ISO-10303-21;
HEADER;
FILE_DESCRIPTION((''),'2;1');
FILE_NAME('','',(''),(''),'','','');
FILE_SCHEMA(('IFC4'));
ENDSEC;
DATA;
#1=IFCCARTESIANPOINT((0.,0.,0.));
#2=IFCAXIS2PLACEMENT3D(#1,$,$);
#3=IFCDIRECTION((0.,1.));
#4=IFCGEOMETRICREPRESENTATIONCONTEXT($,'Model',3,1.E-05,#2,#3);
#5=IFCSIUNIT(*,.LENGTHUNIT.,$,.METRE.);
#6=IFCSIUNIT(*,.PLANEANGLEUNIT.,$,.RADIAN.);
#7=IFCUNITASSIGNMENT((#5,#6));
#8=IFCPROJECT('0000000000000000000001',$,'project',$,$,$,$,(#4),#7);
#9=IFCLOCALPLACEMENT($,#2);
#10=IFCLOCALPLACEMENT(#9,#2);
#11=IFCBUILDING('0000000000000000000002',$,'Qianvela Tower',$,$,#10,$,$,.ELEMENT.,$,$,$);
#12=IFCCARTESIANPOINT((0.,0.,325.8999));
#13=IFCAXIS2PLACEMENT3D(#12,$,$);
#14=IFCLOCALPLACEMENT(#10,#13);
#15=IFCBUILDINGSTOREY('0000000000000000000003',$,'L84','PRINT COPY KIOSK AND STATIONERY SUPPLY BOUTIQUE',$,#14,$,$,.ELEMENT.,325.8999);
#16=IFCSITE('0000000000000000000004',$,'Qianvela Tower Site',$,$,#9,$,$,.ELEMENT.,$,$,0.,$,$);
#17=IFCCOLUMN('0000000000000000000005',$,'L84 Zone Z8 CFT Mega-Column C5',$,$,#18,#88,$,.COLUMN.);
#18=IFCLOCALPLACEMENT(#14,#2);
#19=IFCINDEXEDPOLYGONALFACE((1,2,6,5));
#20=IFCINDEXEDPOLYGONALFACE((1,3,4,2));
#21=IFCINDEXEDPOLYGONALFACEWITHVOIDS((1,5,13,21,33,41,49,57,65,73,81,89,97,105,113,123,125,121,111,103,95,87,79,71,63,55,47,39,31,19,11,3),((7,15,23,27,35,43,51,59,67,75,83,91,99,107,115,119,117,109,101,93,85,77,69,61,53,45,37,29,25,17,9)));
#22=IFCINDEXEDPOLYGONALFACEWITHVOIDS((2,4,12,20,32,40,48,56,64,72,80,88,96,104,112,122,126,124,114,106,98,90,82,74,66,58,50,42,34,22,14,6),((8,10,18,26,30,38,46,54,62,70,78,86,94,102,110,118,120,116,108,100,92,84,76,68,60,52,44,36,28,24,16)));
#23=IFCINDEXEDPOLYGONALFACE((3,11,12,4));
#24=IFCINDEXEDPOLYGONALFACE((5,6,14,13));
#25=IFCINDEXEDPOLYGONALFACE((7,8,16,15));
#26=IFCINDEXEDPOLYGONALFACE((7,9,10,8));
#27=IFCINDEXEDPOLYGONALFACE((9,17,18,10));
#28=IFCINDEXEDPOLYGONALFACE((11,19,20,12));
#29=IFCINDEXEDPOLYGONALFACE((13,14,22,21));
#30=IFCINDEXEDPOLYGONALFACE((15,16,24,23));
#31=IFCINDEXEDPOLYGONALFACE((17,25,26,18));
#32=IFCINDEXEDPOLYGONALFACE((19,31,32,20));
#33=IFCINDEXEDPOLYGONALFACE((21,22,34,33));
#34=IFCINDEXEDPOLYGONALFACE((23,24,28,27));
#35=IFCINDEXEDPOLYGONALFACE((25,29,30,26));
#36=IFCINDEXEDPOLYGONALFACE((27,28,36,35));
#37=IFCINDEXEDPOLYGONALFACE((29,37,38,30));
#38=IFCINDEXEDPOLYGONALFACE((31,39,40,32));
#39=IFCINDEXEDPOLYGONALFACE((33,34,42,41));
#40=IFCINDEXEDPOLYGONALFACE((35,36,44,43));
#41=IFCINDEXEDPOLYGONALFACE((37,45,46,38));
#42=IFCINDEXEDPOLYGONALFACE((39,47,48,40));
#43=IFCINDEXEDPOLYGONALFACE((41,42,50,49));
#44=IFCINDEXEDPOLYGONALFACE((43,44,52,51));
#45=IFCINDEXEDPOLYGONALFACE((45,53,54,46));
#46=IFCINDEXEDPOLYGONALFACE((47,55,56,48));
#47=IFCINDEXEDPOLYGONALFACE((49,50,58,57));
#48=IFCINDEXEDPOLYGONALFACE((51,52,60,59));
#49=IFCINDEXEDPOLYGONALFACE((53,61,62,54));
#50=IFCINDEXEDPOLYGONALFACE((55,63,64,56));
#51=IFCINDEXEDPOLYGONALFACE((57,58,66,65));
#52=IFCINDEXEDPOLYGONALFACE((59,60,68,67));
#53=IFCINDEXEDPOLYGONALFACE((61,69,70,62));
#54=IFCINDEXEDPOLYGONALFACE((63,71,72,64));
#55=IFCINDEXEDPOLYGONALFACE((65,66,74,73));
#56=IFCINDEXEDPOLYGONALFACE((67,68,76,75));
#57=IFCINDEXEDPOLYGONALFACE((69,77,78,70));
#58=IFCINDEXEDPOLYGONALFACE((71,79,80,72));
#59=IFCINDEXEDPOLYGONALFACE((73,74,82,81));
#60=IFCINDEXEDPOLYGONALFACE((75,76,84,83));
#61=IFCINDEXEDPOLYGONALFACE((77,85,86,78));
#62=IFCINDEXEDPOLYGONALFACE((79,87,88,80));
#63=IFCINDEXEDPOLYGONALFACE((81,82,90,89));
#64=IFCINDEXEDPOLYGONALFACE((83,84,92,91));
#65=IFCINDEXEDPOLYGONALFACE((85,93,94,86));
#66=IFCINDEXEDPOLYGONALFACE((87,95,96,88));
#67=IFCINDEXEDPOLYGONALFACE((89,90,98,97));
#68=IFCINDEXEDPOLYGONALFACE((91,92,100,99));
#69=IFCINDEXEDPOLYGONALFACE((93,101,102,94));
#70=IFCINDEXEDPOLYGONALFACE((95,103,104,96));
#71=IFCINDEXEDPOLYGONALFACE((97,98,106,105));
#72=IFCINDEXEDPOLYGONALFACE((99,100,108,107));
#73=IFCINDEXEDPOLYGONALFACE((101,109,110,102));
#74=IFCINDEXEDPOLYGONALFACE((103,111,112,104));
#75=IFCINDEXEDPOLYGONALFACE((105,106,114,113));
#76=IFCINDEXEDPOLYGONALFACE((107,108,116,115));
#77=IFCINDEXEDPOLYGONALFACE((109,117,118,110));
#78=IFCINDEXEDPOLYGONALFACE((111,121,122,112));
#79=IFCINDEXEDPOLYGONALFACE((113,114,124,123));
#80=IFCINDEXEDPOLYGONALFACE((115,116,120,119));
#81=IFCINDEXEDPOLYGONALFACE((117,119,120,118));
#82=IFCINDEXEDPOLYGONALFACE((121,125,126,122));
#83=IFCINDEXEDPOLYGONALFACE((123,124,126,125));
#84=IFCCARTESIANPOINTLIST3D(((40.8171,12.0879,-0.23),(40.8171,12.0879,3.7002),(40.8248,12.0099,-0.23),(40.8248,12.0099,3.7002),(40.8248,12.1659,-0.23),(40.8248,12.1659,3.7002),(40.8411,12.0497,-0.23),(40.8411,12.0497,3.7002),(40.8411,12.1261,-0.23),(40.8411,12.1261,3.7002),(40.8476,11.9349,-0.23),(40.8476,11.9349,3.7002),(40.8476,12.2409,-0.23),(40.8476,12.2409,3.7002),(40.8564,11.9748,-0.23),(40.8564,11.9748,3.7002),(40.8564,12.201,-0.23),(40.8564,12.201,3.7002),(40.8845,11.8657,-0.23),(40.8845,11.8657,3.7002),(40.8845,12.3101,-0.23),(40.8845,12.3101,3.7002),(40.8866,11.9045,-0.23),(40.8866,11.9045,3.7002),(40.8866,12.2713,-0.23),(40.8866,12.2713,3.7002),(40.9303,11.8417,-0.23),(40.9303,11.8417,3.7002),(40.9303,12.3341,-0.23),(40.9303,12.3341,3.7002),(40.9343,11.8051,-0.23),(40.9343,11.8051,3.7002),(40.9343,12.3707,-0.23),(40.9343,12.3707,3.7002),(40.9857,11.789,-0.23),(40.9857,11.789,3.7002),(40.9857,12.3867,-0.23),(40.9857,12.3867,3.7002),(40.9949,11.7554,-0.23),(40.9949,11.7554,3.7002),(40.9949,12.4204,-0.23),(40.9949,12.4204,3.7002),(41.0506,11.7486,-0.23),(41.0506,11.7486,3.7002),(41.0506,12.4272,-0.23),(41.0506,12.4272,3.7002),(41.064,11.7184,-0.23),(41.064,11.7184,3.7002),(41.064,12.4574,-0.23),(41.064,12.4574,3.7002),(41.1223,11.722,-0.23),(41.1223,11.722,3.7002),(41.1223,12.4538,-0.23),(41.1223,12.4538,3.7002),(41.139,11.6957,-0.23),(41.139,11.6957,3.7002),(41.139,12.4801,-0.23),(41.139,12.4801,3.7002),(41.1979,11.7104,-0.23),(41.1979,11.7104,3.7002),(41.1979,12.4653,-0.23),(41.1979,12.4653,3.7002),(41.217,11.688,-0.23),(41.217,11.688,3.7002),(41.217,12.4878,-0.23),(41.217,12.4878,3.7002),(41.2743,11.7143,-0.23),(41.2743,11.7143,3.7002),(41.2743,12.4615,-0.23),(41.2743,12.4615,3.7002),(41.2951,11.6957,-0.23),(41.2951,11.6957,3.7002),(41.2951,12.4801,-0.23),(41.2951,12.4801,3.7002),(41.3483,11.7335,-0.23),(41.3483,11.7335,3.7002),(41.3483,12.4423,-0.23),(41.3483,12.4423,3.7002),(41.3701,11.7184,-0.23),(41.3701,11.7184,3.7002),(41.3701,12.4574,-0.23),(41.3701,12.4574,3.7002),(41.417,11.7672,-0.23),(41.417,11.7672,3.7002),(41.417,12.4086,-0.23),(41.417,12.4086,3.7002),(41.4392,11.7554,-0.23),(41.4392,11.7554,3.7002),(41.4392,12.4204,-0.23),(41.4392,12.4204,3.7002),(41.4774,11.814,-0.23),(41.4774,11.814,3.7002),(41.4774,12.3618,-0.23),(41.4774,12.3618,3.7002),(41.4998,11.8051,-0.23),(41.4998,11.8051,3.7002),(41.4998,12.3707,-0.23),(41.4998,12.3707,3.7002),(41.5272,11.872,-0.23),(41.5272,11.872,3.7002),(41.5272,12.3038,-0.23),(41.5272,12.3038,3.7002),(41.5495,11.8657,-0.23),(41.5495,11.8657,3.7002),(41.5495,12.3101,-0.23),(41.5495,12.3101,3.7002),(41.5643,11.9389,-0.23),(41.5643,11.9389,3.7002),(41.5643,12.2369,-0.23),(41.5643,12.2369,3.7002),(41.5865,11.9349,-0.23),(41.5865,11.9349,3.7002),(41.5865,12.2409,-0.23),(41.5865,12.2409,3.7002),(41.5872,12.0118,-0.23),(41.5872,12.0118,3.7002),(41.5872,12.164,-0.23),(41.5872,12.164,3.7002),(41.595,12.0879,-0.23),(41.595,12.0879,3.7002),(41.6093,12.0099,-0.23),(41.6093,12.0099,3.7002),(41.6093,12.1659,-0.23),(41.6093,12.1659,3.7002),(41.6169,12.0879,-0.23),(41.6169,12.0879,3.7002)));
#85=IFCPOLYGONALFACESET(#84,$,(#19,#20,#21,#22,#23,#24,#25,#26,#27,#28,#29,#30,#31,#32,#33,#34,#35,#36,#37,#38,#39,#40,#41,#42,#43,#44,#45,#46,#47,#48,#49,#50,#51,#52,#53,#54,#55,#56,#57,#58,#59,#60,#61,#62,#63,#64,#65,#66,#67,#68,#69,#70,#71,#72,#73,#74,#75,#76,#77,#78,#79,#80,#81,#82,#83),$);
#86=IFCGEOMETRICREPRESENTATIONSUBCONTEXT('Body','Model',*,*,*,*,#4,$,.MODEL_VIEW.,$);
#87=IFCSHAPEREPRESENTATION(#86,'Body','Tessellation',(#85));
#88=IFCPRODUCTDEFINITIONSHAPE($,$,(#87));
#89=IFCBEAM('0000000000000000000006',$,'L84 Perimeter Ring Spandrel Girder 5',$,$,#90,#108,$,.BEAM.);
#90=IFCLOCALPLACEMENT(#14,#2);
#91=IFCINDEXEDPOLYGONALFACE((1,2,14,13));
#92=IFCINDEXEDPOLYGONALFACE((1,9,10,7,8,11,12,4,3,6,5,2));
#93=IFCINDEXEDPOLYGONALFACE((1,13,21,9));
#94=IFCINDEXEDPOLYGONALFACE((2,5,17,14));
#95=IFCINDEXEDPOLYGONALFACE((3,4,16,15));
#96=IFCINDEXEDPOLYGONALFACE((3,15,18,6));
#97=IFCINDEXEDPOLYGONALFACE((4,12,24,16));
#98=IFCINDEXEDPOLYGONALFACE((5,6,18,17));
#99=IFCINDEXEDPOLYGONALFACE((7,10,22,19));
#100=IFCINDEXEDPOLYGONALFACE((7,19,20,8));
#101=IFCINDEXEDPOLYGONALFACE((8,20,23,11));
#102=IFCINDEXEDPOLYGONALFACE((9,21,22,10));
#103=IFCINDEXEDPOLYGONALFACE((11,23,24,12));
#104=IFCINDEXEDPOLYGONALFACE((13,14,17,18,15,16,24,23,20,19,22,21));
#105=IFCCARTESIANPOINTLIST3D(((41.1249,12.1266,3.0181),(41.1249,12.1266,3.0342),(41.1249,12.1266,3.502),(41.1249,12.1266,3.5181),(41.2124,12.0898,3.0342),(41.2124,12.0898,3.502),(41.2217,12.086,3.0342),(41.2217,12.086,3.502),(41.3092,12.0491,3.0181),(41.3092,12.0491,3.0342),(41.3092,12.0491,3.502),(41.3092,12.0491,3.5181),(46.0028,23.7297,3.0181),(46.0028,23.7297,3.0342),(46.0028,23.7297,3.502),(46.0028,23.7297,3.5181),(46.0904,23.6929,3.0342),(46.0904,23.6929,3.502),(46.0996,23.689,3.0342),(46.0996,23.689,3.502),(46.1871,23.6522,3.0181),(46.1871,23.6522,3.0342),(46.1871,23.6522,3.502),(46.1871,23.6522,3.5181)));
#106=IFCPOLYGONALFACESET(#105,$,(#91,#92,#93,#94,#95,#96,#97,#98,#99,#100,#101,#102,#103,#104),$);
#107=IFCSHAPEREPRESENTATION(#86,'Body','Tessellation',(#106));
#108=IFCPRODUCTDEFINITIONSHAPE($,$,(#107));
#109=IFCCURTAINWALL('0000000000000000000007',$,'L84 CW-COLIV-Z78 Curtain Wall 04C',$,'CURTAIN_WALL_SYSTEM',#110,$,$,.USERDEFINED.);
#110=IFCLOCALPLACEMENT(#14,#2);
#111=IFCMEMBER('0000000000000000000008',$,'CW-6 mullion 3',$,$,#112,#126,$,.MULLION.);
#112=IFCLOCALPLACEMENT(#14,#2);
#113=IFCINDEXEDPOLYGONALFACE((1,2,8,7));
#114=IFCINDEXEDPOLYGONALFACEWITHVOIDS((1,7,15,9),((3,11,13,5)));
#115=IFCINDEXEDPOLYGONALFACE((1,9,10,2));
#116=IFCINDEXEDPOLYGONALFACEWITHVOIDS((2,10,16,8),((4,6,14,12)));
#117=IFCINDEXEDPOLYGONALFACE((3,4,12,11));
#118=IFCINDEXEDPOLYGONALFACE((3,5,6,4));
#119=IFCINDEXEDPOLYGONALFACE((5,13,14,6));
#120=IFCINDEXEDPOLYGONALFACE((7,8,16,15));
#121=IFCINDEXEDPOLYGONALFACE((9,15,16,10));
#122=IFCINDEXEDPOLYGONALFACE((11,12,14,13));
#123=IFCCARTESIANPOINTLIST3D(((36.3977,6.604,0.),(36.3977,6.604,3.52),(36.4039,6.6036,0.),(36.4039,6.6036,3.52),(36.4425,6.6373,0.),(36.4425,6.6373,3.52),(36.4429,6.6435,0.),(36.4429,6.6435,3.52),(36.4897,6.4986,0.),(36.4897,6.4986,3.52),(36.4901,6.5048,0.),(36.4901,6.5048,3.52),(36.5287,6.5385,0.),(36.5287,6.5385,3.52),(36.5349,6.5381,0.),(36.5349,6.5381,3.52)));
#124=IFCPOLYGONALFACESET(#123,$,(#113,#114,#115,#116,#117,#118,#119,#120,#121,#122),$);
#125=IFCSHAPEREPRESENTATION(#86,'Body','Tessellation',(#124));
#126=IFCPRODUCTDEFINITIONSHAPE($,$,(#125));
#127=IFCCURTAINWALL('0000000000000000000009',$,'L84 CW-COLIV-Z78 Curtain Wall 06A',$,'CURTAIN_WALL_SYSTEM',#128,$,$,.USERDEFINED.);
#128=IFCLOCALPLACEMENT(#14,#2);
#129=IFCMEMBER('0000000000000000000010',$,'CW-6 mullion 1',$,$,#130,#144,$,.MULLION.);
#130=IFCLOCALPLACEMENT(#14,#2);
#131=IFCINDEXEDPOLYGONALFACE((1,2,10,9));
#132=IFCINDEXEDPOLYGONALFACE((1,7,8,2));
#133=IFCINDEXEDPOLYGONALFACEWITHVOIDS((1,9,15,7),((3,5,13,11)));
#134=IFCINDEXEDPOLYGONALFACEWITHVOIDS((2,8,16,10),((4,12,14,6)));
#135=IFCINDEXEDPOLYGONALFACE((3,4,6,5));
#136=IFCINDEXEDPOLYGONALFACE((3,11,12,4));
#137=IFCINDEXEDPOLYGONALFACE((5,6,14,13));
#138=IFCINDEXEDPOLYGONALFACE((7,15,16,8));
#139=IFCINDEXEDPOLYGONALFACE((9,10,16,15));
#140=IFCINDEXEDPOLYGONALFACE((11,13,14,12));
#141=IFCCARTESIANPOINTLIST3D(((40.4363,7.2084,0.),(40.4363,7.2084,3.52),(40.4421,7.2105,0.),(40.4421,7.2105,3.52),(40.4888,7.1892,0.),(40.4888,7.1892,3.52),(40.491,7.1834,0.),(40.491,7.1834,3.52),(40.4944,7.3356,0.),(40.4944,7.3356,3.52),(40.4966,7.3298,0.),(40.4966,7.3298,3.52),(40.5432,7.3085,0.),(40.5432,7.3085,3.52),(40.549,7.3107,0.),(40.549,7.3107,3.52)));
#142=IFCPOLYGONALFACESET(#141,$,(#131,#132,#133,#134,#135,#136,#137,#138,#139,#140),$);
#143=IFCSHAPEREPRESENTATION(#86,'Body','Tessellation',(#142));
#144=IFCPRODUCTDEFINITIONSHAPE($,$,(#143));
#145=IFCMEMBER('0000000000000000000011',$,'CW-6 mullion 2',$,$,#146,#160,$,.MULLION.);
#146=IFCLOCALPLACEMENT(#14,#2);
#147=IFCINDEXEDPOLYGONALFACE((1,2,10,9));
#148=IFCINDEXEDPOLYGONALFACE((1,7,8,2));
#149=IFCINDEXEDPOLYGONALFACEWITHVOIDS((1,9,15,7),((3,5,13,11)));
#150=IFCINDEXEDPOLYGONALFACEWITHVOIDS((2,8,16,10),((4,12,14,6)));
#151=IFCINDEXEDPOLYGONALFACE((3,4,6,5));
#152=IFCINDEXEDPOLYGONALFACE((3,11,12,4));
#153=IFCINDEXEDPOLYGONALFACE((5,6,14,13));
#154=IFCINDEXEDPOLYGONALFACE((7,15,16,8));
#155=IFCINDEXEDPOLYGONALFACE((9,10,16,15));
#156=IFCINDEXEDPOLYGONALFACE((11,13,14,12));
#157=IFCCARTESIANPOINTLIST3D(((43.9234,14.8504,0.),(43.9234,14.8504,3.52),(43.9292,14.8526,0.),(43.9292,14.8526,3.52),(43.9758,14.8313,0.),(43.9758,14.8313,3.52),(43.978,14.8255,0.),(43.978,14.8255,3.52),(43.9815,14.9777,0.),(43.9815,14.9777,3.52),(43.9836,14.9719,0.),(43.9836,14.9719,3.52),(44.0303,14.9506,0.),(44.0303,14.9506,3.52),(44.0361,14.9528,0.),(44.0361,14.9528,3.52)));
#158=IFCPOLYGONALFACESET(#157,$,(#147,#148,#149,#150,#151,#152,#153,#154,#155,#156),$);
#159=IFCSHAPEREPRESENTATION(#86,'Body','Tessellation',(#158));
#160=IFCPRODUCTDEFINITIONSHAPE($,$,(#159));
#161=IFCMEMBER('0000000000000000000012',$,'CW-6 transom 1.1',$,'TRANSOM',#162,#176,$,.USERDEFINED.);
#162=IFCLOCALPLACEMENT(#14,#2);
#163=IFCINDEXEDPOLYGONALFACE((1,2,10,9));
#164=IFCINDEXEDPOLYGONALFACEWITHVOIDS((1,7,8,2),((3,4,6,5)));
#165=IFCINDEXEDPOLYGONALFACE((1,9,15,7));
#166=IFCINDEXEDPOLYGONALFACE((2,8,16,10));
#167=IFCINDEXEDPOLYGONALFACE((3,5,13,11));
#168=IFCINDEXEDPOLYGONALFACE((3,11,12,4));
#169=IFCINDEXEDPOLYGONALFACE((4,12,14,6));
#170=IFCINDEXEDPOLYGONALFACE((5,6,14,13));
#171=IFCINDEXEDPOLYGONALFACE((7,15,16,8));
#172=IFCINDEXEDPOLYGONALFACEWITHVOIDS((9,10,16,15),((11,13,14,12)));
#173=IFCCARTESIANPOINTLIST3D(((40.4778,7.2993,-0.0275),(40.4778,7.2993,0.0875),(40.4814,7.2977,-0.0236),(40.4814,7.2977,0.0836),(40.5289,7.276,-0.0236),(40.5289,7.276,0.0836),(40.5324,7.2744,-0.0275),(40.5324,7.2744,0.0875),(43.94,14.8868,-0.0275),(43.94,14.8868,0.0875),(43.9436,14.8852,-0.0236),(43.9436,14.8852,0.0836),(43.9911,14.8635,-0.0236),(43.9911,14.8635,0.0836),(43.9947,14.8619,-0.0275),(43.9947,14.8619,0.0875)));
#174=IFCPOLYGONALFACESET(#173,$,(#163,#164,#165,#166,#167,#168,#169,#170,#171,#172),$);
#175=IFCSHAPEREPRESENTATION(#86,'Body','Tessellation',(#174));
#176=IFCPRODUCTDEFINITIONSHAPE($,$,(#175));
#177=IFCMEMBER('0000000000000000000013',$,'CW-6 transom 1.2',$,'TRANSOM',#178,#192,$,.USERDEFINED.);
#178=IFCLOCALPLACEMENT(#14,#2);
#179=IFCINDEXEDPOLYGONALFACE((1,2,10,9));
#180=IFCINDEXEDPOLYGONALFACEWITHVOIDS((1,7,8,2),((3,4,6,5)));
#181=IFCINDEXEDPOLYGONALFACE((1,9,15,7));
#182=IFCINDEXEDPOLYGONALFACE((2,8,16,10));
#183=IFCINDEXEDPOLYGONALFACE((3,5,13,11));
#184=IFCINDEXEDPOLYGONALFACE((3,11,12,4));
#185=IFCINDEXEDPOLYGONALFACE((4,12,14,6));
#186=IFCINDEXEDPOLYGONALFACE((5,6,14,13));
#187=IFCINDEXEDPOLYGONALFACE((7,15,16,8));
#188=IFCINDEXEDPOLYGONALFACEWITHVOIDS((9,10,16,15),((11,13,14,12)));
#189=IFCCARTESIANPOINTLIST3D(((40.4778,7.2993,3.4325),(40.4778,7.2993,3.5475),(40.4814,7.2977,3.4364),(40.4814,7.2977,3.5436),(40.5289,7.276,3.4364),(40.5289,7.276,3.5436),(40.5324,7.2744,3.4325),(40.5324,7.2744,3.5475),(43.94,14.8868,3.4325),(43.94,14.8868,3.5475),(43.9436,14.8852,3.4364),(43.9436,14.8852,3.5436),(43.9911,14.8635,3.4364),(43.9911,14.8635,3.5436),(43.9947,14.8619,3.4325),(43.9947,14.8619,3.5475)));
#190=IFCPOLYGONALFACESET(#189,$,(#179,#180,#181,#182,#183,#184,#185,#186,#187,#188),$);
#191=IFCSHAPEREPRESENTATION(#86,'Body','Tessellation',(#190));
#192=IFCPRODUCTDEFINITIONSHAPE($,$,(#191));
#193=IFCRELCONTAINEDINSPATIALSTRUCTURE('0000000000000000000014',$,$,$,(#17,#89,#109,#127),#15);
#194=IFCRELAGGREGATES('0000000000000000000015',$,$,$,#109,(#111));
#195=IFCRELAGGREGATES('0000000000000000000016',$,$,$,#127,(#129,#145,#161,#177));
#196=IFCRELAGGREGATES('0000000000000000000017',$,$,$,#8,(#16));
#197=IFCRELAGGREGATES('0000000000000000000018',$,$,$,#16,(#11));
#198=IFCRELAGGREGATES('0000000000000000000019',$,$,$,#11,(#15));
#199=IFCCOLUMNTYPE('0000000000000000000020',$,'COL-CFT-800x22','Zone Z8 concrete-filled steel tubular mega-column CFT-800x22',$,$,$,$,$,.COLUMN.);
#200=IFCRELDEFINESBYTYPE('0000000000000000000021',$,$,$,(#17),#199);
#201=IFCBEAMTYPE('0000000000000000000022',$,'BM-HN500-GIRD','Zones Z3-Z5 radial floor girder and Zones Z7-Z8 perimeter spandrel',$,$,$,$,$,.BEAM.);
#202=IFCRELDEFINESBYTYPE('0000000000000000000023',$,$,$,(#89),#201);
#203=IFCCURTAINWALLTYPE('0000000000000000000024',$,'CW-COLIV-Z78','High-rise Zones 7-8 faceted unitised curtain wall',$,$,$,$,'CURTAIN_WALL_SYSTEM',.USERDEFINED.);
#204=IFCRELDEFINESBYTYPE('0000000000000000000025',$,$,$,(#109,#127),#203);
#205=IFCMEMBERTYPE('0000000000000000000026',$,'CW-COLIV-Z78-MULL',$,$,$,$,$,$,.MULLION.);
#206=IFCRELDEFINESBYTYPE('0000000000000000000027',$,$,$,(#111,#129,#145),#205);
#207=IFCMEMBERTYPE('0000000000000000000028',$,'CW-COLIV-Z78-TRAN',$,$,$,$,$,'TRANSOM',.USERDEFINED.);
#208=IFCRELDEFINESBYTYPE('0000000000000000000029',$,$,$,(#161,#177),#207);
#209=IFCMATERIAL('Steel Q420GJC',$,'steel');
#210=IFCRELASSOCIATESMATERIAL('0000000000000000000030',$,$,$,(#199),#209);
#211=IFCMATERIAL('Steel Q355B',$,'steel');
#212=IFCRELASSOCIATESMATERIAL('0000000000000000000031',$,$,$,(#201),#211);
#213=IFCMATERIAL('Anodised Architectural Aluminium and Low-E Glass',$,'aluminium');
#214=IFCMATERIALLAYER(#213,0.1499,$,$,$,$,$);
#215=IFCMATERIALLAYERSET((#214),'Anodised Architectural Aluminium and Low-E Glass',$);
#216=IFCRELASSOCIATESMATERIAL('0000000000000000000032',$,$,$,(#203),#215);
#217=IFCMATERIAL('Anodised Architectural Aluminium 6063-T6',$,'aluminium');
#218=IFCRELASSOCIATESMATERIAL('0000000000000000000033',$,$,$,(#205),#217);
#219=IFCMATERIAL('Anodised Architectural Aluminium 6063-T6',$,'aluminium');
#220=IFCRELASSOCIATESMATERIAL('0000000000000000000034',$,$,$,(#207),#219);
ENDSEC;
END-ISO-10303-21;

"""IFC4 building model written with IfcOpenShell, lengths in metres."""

from ifc_helpers import new_model, si_unit, direction, frame, origin, origin_2d, place, context, subcontext, project, spatial, hollow_rectangle, hollow_circle, i_section, extrude, material, layer, layer_set, material_profile, profile_set, type_object, element, aggregate, save


model = new_model("IFC4")

# Units and contexts
model_context = context("Model", 3, precision=1e-05, world=origin(), true_north=direction((0.0, 1.0)))
body_context = subcontext(model_context, "Body", "Model", "MODEL_VIEW")
ifc_project = project(units=[si_unit("LENGTHUNIT", "METRE"), si_unit("PLANEANGLEUNIT", "RADIAN")], contexts=[model_context])

# Site, building, storey
site_placement = place(None, origin())
site = spatial("IfcSite", under=ifc_project, at=site_placement, Name="Qianvela Tower Site", CompositionType="ELEMENT", RefElevation=0.0)
building_placement = place(site_placement, origin())
building = spatial("IfcBuilding", under=site, at=building_placement, Name="Qianvela Tower", CompositionType="ELEMENT")
storey_placement = place(building_placement, frame((0.0, 0.0, 325.8999)))
storey = spatial("IfcBuildingStorey", under=building, at=storey_placement, Name="L84", Description="PRINT COPY KIOSK AND STATIONERY SUPPLY BOUTIQUE", CompositionType="ELEMENT", Elevation=325.8999)

# Column
ifc_material_1 = material(Name="Steel Q420GJC", Category="steel")
ifc_material_profile_1 = material_profile(ifc_material_1, hollow_circle(Radius=0.3999, WallThickness=0.022, at=origin_2d()), Name="CFT-800x22")
ifc_profile_set_1 = profile_set([ifc_material_profile_1], Name="Steel Q420GJC")
column_type = type_object("IfcColumnType", Name="COL-CFT-800x22", Description="Zone Z8 concrete-filled steel tubular mega-column CFT-800x22", PredefinedType="COLUMN", material=ifc_profile_set_1)
column_placement = place(storey_placement, frame((41.217, 12.0879, -0.23), z_axis=(0.0, 0.0, 1.0), x_axis=(1.0, 0.0, 0.0)))
element("IfcColumn", 1, at=column_placement, inside=storey, type_object=column_type, Name="L84 Zone Z8 CFT Mega-Column C5", PredefinedType="COLUMN", context=body_context, shape_type="SweptSolid", body=[
    extrude(hollow_circle(Radius=0.3999, WallThickness=0.022, at=origin_2d()), origin(), (0.0, 0.0, 1.0), 3.9302),
])

# Beam
ifc_material_2 = material(Name="Steel Q355B", Category="steel")
ifc_material_profile_2 = material_profile(ifc_material_2, i_section(OverallWidth=0.2, OverallDepth=0.5, WebThickness=0.01, FlangeThickness=0.0161, at=origin_2d()), Name="HN500x200x10x16")
ifc_profile_set_2 = profile_set([ifc_material_profile_2], Name="Steel Q355B")
beam_type = type_object("IfcBeamType", Name="BM-HN500-GIRD", Description="Zones Z3-Z5 radial floor girder and Zones Z7-Z8 perimeter spandrel", PredefinedType="BEAM", material=ifc_profile_set_2)
beam_placement = place(storey_placement, frame((41.217, 12.0879, 3.2681), z_axis=(0.387547, 0.92185, 0.0), x_axis=(-0.92185, 0.387547, 0.0)))
element("IfcBeam", 2, at=beam_placement, inside=storey, type_object=beam_type, Name="L84 Perimeter Ring Spandrel Girder 5", PredefinedType="BEAM", context=body_context, shape_type="SweptSolid", body=[
    extrude(i_section(OverallWidth=0.2, OverallDepth=0.5, WebThickness=0.01, FlangeThickness=0.0161, at=origin_2d()), origin(), (0.0, 0.0, 1.0), 12.5867),
])

# Curtain wall, member
ifc_material_3 = material(Name="Anodised Architectural Aluminium and Low-E Glass", Category="aluminium")
ifc_layer_1 = layer(ifc_material_3, 0.1499)
ifc_layer_set_1 = layer_set([ifc_layer_1], Name="Anodised Architectural Aluminium and Low-E Glass")
curtain_wall_type = type_object("IfcCurtainWallType", Name="CW-COLIV-Z78", Description="High-rise Zones 7-8 faceted unitised curtain wall", ElementType="CURTAIN_WALL_SYSTEM", PredefinedType="USERDEFINED", material=ifc_layer_set_1)
curtain_wall_1_placement = place(storey_placement, origin())
curtain_wall_1 = element("IfcCurtainWall", 3, at=curtain_wall_1_placement, inside=storey, type_object=curtain_wall_type, Name="L84 CW-COLIV-Z78 Curtain Wall 04C", ObjectType="CURTAIN_WALL_SYSTEM", PredefinedType="USERDEFINED")
ifc_material_4 = material(Name="Anodised Architectural Aluminium 6063-T6", Category="aluminium")
ifc_material_profile_3 = material_profile(ifc_material_4, hollow_rectangle(XDim=0.0601, YDim=0.1399, WallThickness=0.0044, at=origin_2d()), Name="ALU-MULL-60x140")
ifc_profile_set_3 = profile_set([ifc_material_profile_3], Name="Anodised Architectural Aluminium 6063-T6")
member_type_1 = type_object("IfcMemberType", Name="CW-COLIV-Z78-MULL", PredefinedType="MULLION", material=ifc_profile_set_3)
member_1_placement = place(storey_placement, frame((36.4663, 6.571, 0.0), z_axis=(0.0, 0.0, 1.0), x_axis=(0.753333, 0.657639, 0.0)))
member_1 = element("IfcMember", 4, at=member_1_placement, type_object=member_type_1, Name="CW-6 mullion 3", PredefinedType="MULLION", context=body_context, shape_type="SweptSolid", body=[
    extrude(hollow_rectangle(XDim=0.0601, YDim=0.1399, WallThickness=0.0044, at=origin_2d()), origin(), (0.0, 0.0, 1.0), 3.52),
])

# Curtain wall, members
curtain_wall_2_placement = place(storey_placement, origin())
curtain_wall_2 = element("IfcCurtainWall", 5, at=curtain_wall_2_placement, inside=storey, type_object=curtain_wall_type, Name="L84 CW-COLIV-Z78 Curtain Wall 06A", ObjectType="CURTAIN_WALL_SYSTEM", PredefinedType="USERDEFINED")
member_2_placement = place(storey_placement, frame((40.4927, 7.2595, 0.0), z_axis=(0.0, 0.0, 1.0), x_axis=(-0.909766, 0.41512, 0.0)))
member_2 = element("IfcMember", 6, at=member_2_placement, type_object=member_type_1, Name="CW-6 mullion 1", PredefinedType="MULLION", context=body_context, shape_type="SweptSolid", body=[
    extrude(hollow_rectangle(XDim=0.0601, YDim=0.1399, WallThickness=0.0044, at=origin_2d()), origin(), (0.0, 0.0, 1.0), 3.52),
])
member_3_placement = place(storey_placement, frame((43.9797, 14.9016, 0.0), z_axis=(0.0, 0.0, 1.0), x_axis=(-0.909766, 0.41512, 0.0)))
member_3 = element("IfcMember", 7, at=member_3_placement, type_object=member_type_1, Name="CW-6 mullion 2", PredefinedType="MULLION", context=body_context, shape_type="SweptSolid", body=[
    extrude(hollow_rectangle(XDim=0.0601, YDim=0.1399, WallThickness=0.0044, at=origin_2d()), origin(), (0.0, 0.0, 1.0), 3.52),
])
ifc_material_5 = material(Name="Anodised Architectural Aluminium 6063-T6", Category="aluminium")
ifc_material_profile_4 = material_profile(ifc_material_5, hollow_rectangle(XDim=0.0601, YDim=0.115, WallThickness=0.0039, at=origin_2d()), Name="ALU-TRAN-60x115")
ifc_profile_set_4 = profile_set([ifc_material_profile_4], Name="Anodised Architectural Aluminium 6063-T6")
member_type_2 = type_object("IfcMemberType", Name="CW-COLIV-Z78-TRAN", ElementType="TRANSOM", PredefinedType="USERDEFINED", material=ifc_profile_set_4)
member_4_placement = place(storey_placement, frame((40.5051, 7.2869, 0.03), z_axis=(0.415128, 0.909763, 0.0), x_axis=(-0.909763, 0.415128, 0.0)))
member_4 = element("IfcMember", 8, at=member_4_placement, type_object=member_type_2, Name="CW-6 transom 1.1", ObjectType="TRANSOM", PredefinedType="USERDEFINED", context=body_context, shape_type="SweptSolid", body=[
    extrude(hollow_rectangle(XDim=0.0601, YDim=0.115, WallThickness=0.0039, at=origin_2d()), origin(), (0.0, 0.0, 1.0), 8.3401),
])
member_5_placement = place(storey_placement, frame((40.5051, 7.2869, 3.49), z_axis=(0.415128, 0.909763, 0.0), x_axis=(-0.909763, 0.415128, 0.0)))
member_5 = element("IfcMember", 9, at=member_5_placement, type_object=member_type_2, Name="CW-6 transom 1.2", ObjectType="TRANSOM", PredefinedType="USERDEFINED", context=body_context, shape_type="SweptSolid", body=[
    extrude(hollow_rectangle(XDim=0.0601, YDim=0.115, WallThickness=0.0039, at=origin_2d()), origin(), (0.0, 0.0, 1.0), 8.3401),
])

aggregate(curtain_wall_1, [member_1])
aggregate(curtain_wall_2, [member_2, member_3, member_4, member_5])

save(model, "model.ifc")
